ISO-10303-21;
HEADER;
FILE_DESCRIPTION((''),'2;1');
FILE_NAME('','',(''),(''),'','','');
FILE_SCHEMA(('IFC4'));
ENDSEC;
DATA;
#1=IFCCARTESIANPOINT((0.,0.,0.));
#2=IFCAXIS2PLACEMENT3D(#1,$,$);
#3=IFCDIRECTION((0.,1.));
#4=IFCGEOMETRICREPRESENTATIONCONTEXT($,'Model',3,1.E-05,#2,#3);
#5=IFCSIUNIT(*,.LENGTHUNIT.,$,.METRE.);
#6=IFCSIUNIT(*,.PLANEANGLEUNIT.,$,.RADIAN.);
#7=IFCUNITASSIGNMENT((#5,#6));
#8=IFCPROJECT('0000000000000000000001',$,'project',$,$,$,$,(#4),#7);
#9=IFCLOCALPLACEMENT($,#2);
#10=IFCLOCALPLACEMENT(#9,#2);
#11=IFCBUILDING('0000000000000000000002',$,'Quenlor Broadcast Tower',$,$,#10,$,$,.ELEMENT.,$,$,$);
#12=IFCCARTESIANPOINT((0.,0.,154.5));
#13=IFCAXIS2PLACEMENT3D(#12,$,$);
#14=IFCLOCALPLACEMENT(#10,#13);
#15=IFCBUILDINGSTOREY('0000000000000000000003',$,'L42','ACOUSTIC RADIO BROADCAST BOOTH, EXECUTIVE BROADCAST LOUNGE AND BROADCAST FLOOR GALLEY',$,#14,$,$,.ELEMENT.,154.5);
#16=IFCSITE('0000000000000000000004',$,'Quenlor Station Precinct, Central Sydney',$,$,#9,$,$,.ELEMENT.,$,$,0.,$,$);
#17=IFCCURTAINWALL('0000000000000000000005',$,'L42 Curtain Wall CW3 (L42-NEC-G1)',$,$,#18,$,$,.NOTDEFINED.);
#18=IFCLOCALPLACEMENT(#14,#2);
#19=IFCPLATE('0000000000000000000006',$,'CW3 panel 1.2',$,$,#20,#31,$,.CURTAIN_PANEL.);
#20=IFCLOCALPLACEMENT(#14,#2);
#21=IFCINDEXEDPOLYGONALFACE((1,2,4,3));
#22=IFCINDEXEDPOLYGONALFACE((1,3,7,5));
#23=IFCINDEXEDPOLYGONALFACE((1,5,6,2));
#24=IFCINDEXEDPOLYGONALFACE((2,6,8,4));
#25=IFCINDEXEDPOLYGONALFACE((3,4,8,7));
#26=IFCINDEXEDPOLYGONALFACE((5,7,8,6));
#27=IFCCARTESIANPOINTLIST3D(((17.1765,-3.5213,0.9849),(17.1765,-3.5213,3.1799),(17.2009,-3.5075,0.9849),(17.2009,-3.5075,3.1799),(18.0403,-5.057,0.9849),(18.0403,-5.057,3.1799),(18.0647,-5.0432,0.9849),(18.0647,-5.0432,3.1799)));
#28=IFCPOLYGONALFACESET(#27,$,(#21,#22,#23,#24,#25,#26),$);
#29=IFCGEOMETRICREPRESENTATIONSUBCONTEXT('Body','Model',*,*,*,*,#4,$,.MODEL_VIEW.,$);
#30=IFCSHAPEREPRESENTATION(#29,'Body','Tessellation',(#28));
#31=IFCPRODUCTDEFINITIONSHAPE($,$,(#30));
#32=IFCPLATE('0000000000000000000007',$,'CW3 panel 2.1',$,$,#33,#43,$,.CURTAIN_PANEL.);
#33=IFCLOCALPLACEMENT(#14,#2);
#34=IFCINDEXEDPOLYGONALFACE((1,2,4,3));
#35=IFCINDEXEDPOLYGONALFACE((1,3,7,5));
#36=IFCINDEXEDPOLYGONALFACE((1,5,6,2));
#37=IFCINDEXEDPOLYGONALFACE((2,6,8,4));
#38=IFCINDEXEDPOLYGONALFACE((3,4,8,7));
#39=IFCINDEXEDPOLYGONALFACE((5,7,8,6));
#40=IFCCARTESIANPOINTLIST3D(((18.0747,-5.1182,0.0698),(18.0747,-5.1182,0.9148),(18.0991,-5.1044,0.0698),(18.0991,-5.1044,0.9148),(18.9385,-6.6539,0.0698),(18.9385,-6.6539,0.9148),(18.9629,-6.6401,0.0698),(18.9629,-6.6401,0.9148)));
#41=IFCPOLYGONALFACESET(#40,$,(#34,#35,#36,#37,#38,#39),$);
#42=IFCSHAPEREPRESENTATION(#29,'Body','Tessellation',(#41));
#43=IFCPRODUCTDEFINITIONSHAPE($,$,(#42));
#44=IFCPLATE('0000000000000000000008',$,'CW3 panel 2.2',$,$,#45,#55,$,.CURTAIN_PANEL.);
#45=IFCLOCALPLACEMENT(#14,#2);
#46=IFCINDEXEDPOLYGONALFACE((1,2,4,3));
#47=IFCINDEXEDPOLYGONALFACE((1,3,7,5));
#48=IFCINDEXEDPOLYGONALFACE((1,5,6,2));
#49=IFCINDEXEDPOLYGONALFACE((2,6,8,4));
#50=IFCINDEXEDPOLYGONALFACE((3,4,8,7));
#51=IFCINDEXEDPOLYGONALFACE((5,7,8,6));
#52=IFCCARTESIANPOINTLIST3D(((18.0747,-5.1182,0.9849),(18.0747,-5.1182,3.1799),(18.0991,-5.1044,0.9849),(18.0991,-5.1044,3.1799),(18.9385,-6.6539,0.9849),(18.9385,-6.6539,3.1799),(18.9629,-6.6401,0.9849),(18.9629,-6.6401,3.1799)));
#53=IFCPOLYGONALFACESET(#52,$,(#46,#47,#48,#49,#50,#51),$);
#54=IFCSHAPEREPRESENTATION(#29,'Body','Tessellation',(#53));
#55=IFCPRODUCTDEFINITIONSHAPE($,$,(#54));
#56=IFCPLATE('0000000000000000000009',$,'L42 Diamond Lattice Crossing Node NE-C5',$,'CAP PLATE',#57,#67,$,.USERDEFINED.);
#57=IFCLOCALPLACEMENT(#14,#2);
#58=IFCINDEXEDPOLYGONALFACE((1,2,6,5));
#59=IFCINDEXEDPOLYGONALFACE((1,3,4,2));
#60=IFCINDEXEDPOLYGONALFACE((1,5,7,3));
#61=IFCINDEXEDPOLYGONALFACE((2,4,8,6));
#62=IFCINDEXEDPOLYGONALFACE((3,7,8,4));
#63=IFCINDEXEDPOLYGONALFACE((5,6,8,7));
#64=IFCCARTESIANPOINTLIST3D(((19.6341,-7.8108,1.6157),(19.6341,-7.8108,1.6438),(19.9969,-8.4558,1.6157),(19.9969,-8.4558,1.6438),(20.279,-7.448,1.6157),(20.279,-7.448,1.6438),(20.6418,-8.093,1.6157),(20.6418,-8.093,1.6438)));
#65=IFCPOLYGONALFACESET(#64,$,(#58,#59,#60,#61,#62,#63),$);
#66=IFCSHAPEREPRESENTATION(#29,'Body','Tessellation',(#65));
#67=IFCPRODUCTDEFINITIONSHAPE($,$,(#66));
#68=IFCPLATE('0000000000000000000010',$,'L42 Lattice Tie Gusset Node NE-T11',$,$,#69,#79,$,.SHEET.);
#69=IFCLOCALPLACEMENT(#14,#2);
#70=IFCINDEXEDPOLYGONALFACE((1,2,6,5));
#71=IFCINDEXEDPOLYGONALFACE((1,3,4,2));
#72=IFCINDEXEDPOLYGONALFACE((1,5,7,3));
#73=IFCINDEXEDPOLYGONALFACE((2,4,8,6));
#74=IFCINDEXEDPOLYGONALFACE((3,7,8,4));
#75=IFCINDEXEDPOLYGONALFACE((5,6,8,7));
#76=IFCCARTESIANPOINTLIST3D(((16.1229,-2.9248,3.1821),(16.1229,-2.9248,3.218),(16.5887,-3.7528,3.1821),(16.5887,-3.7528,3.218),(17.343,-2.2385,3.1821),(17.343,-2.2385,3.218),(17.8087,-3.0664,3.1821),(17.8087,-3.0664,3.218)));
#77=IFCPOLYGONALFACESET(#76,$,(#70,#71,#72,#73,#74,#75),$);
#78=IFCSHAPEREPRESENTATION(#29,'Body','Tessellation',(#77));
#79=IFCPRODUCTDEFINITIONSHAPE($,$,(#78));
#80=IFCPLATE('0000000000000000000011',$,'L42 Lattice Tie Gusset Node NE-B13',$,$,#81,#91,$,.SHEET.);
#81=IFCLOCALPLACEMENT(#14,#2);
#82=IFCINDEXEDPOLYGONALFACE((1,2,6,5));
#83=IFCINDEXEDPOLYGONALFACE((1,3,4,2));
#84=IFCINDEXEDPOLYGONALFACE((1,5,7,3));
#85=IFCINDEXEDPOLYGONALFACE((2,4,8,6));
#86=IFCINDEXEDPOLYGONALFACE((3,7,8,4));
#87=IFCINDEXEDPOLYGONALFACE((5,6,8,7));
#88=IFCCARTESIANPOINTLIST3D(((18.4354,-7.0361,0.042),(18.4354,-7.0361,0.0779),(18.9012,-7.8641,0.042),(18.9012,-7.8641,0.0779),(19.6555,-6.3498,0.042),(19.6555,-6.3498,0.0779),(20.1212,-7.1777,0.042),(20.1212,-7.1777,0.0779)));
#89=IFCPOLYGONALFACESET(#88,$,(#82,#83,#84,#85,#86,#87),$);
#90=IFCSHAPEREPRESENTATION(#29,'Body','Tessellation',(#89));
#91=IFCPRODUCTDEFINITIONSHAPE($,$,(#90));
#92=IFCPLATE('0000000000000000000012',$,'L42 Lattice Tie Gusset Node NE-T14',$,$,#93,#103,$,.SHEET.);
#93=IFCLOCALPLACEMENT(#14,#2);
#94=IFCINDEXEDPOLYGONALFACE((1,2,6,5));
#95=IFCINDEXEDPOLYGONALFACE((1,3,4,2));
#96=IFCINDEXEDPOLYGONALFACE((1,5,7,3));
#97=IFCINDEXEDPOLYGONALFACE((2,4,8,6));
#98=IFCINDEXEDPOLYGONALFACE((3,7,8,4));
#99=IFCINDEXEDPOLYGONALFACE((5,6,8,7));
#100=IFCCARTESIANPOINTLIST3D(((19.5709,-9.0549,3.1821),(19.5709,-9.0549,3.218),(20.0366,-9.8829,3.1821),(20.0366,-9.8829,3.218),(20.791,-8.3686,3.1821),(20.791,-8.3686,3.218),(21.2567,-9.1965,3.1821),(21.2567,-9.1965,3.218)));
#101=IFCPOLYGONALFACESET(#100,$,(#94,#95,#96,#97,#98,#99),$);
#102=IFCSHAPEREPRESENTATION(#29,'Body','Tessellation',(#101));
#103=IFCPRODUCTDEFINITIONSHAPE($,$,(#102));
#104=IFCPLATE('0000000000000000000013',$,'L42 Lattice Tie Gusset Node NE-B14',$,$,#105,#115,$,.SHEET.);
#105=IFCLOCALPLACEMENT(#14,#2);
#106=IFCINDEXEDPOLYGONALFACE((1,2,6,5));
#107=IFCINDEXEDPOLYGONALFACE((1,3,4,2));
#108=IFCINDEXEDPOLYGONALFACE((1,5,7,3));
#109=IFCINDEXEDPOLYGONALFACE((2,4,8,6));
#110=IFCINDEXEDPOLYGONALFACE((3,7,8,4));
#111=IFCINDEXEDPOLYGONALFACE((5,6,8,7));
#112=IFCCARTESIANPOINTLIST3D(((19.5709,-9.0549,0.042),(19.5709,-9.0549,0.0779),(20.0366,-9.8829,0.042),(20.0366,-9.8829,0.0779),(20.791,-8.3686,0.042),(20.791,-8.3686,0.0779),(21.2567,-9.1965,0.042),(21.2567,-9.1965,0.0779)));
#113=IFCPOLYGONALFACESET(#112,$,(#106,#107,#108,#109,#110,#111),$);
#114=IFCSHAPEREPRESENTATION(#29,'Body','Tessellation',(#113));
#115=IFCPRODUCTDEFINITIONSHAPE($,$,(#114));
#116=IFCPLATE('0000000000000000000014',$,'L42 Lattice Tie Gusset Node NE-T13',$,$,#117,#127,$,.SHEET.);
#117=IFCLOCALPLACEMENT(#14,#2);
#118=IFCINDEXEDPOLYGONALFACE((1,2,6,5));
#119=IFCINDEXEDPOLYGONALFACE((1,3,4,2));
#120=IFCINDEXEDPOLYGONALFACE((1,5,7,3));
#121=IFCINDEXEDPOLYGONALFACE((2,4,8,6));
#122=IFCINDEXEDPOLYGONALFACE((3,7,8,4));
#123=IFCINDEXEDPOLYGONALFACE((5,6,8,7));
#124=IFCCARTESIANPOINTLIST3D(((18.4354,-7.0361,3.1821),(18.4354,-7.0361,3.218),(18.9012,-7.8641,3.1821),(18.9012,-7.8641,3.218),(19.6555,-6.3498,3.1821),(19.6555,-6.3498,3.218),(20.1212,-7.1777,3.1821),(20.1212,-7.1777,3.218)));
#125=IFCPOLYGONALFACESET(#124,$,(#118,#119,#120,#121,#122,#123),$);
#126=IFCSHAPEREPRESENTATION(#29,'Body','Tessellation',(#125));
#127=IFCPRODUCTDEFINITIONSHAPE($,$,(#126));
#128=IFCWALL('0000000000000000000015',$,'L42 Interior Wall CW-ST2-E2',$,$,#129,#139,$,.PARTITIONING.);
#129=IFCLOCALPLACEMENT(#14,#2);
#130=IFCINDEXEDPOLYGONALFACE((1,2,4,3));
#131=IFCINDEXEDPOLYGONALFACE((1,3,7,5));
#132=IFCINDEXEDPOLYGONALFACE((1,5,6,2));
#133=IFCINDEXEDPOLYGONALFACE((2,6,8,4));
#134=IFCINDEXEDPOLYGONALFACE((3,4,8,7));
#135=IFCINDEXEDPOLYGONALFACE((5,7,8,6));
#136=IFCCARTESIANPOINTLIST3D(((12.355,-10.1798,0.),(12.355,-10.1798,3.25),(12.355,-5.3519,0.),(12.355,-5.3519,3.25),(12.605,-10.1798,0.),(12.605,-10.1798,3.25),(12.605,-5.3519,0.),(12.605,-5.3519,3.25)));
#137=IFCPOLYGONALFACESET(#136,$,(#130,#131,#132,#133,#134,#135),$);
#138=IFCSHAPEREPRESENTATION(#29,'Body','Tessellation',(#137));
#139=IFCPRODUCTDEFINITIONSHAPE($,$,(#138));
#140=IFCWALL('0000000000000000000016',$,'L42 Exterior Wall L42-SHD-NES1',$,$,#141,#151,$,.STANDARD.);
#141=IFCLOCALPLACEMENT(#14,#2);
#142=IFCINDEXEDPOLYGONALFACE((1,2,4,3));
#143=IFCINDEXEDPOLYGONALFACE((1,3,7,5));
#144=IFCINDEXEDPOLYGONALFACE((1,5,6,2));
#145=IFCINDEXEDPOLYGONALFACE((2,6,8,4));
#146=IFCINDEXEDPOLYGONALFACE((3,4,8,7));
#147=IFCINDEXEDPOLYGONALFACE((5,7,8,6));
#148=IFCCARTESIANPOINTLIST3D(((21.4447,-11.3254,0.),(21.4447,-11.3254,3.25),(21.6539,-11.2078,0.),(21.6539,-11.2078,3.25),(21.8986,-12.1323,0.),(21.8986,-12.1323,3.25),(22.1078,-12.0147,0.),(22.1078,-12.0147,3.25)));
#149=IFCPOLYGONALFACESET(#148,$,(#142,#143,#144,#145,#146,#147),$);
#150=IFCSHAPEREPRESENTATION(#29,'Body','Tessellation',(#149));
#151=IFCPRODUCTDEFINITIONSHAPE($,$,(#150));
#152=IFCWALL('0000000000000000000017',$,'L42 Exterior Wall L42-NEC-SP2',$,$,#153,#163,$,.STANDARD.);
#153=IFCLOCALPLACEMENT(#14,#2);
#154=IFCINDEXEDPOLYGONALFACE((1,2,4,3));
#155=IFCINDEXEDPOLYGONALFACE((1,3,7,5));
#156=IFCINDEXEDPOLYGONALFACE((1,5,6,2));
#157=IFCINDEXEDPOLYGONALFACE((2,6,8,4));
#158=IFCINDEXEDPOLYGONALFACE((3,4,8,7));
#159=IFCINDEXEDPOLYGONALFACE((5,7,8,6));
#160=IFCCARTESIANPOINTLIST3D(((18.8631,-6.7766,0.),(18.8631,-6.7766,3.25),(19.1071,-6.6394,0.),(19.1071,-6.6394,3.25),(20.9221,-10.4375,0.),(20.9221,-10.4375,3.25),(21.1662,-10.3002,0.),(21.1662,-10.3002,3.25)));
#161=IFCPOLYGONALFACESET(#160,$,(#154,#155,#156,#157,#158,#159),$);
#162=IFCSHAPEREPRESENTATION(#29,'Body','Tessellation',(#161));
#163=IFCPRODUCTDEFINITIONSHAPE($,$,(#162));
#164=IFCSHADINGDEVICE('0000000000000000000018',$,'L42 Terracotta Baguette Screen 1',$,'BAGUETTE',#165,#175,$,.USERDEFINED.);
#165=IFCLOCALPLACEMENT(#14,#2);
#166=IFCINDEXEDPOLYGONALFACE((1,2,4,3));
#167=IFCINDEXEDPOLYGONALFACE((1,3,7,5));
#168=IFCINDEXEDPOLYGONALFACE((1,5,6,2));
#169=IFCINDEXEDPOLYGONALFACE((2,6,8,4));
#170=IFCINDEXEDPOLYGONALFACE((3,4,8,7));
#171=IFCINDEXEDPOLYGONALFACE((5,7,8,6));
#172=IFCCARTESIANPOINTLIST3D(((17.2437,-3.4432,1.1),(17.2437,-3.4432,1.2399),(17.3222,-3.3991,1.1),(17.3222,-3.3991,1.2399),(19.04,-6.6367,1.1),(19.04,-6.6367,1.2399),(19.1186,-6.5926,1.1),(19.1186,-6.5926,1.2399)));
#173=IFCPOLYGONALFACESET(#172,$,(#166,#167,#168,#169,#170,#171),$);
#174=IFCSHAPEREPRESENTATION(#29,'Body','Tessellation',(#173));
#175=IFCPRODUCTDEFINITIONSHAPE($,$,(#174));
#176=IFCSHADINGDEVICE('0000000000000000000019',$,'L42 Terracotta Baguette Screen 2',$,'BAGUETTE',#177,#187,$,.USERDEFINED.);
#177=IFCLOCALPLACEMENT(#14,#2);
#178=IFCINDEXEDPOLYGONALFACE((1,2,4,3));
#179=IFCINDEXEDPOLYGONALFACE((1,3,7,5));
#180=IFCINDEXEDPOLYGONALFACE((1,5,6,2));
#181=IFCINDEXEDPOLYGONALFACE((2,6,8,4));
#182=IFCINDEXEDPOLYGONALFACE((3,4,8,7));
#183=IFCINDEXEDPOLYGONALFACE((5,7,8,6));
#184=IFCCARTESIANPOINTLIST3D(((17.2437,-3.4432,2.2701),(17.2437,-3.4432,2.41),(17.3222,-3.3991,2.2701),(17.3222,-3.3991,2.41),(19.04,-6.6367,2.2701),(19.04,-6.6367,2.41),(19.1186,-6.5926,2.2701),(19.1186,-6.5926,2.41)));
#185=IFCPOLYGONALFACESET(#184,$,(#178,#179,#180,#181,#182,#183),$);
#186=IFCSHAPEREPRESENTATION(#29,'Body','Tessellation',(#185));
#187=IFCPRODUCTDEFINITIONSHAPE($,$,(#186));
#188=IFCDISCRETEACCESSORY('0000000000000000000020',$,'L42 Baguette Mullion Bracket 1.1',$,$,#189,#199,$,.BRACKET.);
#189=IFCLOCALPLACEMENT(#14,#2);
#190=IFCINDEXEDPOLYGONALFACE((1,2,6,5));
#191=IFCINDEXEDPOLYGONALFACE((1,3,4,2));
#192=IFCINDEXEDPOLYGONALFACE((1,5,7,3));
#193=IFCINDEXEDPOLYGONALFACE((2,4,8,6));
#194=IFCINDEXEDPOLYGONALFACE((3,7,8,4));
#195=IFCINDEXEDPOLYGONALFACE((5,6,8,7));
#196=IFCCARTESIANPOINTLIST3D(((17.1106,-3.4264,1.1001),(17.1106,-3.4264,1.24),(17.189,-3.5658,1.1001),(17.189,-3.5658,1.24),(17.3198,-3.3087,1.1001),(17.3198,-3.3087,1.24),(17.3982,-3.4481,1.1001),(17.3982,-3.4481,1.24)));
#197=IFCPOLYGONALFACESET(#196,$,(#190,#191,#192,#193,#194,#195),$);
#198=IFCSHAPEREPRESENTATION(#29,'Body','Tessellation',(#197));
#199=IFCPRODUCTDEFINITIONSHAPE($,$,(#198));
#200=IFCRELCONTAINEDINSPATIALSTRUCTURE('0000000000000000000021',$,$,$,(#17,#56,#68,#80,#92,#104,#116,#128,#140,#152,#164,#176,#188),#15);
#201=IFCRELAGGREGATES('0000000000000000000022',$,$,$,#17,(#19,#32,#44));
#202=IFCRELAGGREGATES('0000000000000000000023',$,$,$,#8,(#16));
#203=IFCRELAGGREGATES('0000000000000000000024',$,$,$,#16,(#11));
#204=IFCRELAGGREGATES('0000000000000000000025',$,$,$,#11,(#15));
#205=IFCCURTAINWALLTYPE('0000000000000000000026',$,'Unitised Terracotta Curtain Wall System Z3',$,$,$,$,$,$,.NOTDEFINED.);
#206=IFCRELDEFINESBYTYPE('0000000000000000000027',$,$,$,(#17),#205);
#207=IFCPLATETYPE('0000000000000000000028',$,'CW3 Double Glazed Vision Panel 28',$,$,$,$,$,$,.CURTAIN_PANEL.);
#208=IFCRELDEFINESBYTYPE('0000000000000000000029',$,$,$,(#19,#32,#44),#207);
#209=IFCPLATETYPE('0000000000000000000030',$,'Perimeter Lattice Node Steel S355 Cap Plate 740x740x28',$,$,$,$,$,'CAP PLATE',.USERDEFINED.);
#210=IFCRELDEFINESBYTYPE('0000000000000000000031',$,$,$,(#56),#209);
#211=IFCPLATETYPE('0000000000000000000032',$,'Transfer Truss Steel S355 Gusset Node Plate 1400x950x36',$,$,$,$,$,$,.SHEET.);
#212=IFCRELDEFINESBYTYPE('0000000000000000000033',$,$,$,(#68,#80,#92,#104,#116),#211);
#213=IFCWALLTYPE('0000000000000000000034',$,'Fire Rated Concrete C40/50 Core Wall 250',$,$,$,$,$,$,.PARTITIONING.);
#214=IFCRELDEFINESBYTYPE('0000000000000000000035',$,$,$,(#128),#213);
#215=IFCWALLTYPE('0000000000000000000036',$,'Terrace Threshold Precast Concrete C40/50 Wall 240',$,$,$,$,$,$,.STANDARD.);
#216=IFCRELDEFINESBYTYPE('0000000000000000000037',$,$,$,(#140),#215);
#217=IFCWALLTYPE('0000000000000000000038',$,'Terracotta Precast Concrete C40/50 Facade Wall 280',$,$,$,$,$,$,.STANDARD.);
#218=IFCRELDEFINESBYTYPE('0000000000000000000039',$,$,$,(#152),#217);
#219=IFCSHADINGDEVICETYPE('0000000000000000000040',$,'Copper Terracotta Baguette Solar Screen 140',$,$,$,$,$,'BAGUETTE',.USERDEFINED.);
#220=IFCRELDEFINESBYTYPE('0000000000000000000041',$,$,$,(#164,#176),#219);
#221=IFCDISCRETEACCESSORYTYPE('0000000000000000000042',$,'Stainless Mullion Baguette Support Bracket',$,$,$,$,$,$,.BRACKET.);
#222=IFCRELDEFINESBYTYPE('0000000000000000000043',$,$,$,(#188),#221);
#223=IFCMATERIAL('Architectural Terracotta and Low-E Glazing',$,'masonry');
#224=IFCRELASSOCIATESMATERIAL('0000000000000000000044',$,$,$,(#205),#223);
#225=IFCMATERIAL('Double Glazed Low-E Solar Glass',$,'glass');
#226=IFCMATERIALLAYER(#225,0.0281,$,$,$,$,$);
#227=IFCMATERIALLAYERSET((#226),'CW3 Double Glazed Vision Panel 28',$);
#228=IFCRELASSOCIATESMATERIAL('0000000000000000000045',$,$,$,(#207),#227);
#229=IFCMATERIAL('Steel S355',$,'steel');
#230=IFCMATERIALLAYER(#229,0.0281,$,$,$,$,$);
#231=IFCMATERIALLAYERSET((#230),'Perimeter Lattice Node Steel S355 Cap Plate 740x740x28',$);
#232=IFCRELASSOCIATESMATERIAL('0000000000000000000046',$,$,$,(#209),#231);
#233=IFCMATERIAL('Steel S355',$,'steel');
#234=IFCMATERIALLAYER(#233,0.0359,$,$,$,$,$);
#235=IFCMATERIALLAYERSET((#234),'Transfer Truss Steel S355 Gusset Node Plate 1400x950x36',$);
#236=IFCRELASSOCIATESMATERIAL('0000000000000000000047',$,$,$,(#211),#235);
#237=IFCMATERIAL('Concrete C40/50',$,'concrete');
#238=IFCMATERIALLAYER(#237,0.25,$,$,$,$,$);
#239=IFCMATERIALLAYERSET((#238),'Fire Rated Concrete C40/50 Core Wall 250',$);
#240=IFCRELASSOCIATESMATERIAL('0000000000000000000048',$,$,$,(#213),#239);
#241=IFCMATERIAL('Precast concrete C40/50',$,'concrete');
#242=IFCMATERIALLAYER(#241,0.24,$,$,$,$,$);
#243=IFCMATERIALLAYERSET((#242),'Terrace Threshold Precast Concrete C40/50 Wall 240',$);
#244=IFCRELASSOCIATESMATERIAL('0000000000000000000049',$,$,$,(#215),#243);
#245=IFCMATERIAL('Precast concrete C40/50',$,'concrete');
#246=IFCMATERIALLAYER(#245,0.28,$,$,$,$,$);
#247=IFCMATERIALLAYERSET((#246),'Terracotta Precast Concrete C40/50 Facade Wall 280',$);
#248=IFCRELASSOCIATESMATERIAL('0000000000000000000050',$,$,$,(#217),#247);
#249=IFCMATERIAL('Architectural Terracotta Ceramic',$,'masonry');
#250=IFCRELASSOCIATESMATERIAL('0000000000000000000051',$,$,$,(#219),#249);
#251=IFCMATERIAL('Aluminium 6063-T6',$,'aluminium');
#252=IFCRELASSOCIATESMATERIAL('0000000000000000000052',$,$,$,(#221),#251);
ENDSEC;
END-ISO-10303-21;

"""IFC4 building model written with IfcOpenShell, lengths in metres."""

from ifc_helpers import new_model, si_unit, direction, frame, frame_2d, origin, origin_2d, place, context, subcontext, project, spatial, rectangle, extrude, material, layer, layer_set, material_profile, profile_set, type_object, element, aggregate, save


model = new_model("IFC4")

# Units and contexts
model_context = context("Model", 3, precision=1e-05, world=origin(), true_north=direction((0.0, 1.0)))
body_context = subcontext(model_context, "Body", "Model", "MODEL_VIEW")
ifc_project = project(units=[si_unit("LENGTHUNIT", "METRE"), si_unit("PLANEANGLEUNIT", "RADIAN")], contexts=[model_context])

# Site, building, storey
site_placement = place(None, origin())
site = spatial("IfcSite", under=ifc_project, at=site_placement, Name="Quenlor Station Precinct, Central Sydney", CompositionType="ELEMENT", RefElevation=0.0)
building_placement = place(site_placement, origin())
building = spatial("IfcBuilding", under=site, at=building_placement, Name="Quenlor Broadcast Tower", CompositionType="ELEMENT")
storey_placement = place(building_placement, frame((0.0, 0.0, 154.5)))
storey = spatial("IfcBuildingStorey", under=building, at=storey_placement, Name="L42", Description="ACOUSTIC RADIO BROADCAST BOOTH, EXECUTIVE BROADCAST LOUNGE AND BROADCAST FLOOR GALLEY", CompositionType="ELEMENT", Elevation=154.5)

# Curtain wall
ifc_material_1 = material(Name="Architectural Terracotta and Low-E Glazing", Category="masonry")
curtain_wall_type = type_object("IfcCurtainWallType", Name="Unitised Terracotta Curtain Wall System Z3", PredefinedType="NOTDEFINED", material=ifc_material_1)
curtain_wall_placement = place(storey_placement, origin())
curtain_wall = element("IfcCurtainWall", 1, at=curtain_wall_placement, inside=storey, type_object=curtain_wall_type, Name="L42 Curtain Wall CW3 (L42-NEC-G1)", PredefinedType="NOTDEFINED")

# Plates
ifc_material_2 = material(Name="Double Glazed Low-E Solar Glass", Category="glass")
ifc_layer_1 = layer(ifc_material_2, 0.0281)
ifc_layer_set_1 = layer_set([ifc_layer_1], Name="CW3 Double Glazed Vision Panel 28")
plate_type_1 = type_object("IfcPlateType", Name="CW3 Double Glazed Vision Panel 28", PredefinedType="CURTAIN_PANEL", material=ifc_layer_set_1)
plate_1_placement = place(storey_placement, frame((17.6206, -4.2822, 0.9849), z_axis=(0.0, 0.0, 1.0), x_axis=(0.490259, -0.871577, 0.0)))
plate_1 = element("IfcPlate", 2, at=plate_1_placement, type_object=plate_type_1, Name="CW3 panel 1.2", PredefinedType="CURTAIN_PANEL", context=body_context, shape_type="SweptSolid", body=[
    extrude(rectangle(XDim=1.762, YDim=0.0281, at=origin_2d()), origin(), (0.0, 0.0, 1.0), 2.1951),
])
plate_2_placement = place(storey_placement, frame((18.5188, -5.8792, 0.0698), z_axis=(0.0, 0.0, 1.0), x_axis=(0.490259, -0.871577, 0.0)))
plate_2 = element("IfcPlate", 3, at=plate_2_placement, type_object=plate_type_1, Name="CW3 panel 2.1", PredefinedType="CURTAIN_PANEL", context=body_context, shape_type="SweptSolid", body=[
    extrude(rectangle(XDim=1.762, YDim=0.0281, at=origin_2d()), origin(), (0.0, 0.0, 1.0), 0.845),
])
plate_3_placement = place(storey_placement, frame((18.5188, -5.8792, 0.9849), z_axis=(0.0, 0.0, 1.0), x_axis=(0.490259, -0.871577, 0.0)))
plate_3 = element("IfcPlate", 4, at=plate_3_placement, type_object=plate_type_1, Name="CW3 panel 2.2", PredefinedType="CURTAIN_PANEL", context=body_context, shape_type="SweptSolid", body=[
    extrude(rectangle(XDim=1.762, YDim=0.0281, at=origin_2d()), origin(), (0.0, 0.0, 1.0), 2.1951),
])
aggregate(curtain_wall, [plate_1, plate_2, plate_3])

# Plates
ifc_material_3 = material(Name="Steel S355", Category="steel")
ifc_layer_2 = layer(ifc_material_3, 0.0281)
ifc_layer_set_2 = layer_set([ifc_layer_2], Name="Perimeter Lattice Node Steel S355 Cap Plate 740x740x28")
plate_type_2 = type_object("IfcPlateType", Name="Perimeter Lattice Node Steel S355 Cap Plate 740x740x28", ElementType="CAP PLATE", PredefinedType="USERDEFINED", material=ifc_layer_set_2)
plate_4_placement = place(storey_placement, frame((20.1379, -7.9519, 1.6157), z_axis=(0.0, 0.0, 1.0), x_axis=(0.490295, -0.871556, 0.0)))
element("IfcPlate", 5, at=plate_4_placement, inside=storey, type_object=plate_type_2, Name="L42 Diamond Lattice Crossing Node NE-C5", ObjectType="CAP PLATE", PredefinedType="USERDEFINED", context=body_context, shape_type="SweptSolid", body=[
    extrude(rectangle(XDim=0.74, YDim=0.74, at=origin_2d()), origin(), (0.0, 0.0, 1.0), 0.0281),
])
ifc_material_4 = material(Name="Steel S355", Category="steel")
ifc_layer_3 = layer(ifc_material_4, 0.0359)
ifc_layer_set_3 = layer_set([ifc_layer_3], Name="Transfer Truss Steel S355 Gusset Node Plate 1400x950x36")
plate_type_3 = type_object("IfcPlateType", Name="Transfer Truss Steel S355 Gusset Node Plate 1400x950x36", PredefinedType="SHEET", material=ifc_layer_set_3)
for number, where, z_axis, x_axis, name in (
    (6, (16.9658, -2.9956, 3.1821), (0.0, 0.0, 1.0), (0.871556, 0.490295, 0.0), "L42 Lattice Tie Gusset Node NE-T11"),
    (7, (19.2783, -7.1069, 0.042), (0.0, 0.0, 1.0), (0.871556, 0.490295, 0.0), "L42 Lattice Tie Gusset Node NE-B13"),
    (8, (20.4138, -9.1257, 3.1821), (0.0, 0.0, 1.0), (0.871556, 0.490295, 0.0), "L42 Lattice Tie Gusset Node NE-T14"),
    (9, (20.4138, -9.1257, 0.042), (0.0, 0.0, 1.0), (0.871556, 0.490295, 0.0), "L42 Lattice Tie Gusset Node NE-B14"),
    (10, (19.2783, -7.1069, 3.1821), (0.0, 0.0, 1.0), (0.871556, 0.490295, 0.0), "L42 Lattice Tie Gusset Node NE-T13"),
):
    element("IfcPlate", number, at=place(storey_placement, frame(where, z_axis=z_axis, x_axis=x_axis)), inside=storey, type_object=plate_type_3, Name=name, PredefinedType="SHEET", context=body_context, shape_type="SweptSolid", body=[
        extrude(rectangle(XDim=1.3999, YDim=0.95, at=origin_2d()), origin(), (0.0, 0.0, 1.0), 0.0359),
    ])

# Walls
ifc_material_5 = material(Name="Concrete C40/50", Category="concrete")
ifc_layer_4 = layer(ifc_material_5, 0.25)
ifc_layer_set_4 = layer_set([ifc_layer_4], Name="Fire Rated Concrete C40/50 Core Wall 250")
wall_type_1 = type_object("IfcWallType", Name="Fire Rated Concrete C40/50 Core Wall 250", PredefinedType="PARTITIONING", material=ifc_layer_set_4)
wall_1_placement = place(storey_placement, frame((12.48, -10.1799, 0.0), z_axis=(0.0, 0.0, 1.0), x_axis=(0.0, 1.0, 0.0)))
element("IfcWall", 11, at=wall_1_placement, inside=storey, type_object=wall_type_1, Name="L42 Interior Wall CW-ST2-E2", PredefinedType="PARTITIONING", context=body_context, shape_type="SweptSolid", body=[
    extrude(rectangle(XDim=4.8279, YDim=0.25, at=frame_2d((2.4141, 0.0))), origin(), (0.0, 0.0, 1.0), 3.25),
])
ifc_material_6 = material(Name="Precast concrete C40/50", Category="concrete")
ifc_layer_5 = layer(ifc_material_6, 0.24)
ifc_layer_set_5 = layer_set([ifc_layer_5], Name="Terrace Threshold Precast Concrete C40/50 Wall 240")
wall_type_2 = type_object("IfcWallType", Name="Terrace Threshold Precast Concrete C40/50 Wall 240", PredefinedType="STANDARD", material=ifc_layer_set_5)
wall_2_placement = place(storey_placement, frame((21.5493, -11.2666, 0.0), z_axis=(0.0, 0.0, 1.0), x_axis=(0.490249, -0.871583, 0.0)))
element("IfcWall", 12, at=wall_2_placement, inside=storey, type_object=wall_type_2, Name="L42 Exterior Wall L42-SHD-NES1", PredefinedType="STANDARD", context=body_context, shape_type="SweptSolid", body=[
    extrude(rectangle(XDim=0.9258, YDim=0.24, at=frame_2d((0.4629, 0.0))), origin(), (0.0, 0.0, 1.0), 3.25),
])
ifc_material_7 = material(Name="Precast concrete C40/50", Category="concrete")
ifc_layer_6 = layer(ifc_material_7, 0.28)
ifc_layer_set_6 = layer_set([ifc_layer_6], Name="Terracotta Precast Concrete C40/50 Facade Wall 280")
wall_type_3 = type_object("IfcWallType", Name="Terracotta Precast Concrete C40/50 Facade Wall 280", PredefinedType="STANDARD", material=ifc_layer_set_6)
wall_3_placement = place(storey_placement, frame((18.9851, -6.708, 0.0), z_axis=(0.0, 0.0, 1.0), x_axis=(0.490231, -0.871593, 0.0)))
element("IfcWall", 13, at=wall_3_placement, inside=storey, type_object=wall_type_3, Name="L42 Exterior Wall L42-NEC-SP2", PredefinedType="STANDARD", context=body_context, shape_type="SweptSolid", body=[
    extrude(rectangle(XDim=4.2002, YDim=0.28, at=frame_2d((2.1001, 0.0))), origin(), (0.0, 0.0, 1.0), 3.25),
])

# Shading devices
ifc_material_8 = material(Name="Architectural Terracotta Ceramic", Category="masonry")
ifc_material_profile_1 = material_profile(ifc_material_8, rectangle(XDim=0.0901, YDim=0.1399, at=origin_2d()))
ifc_profile_set_1 = profile_set([ifc_material_profile_1], Name="Architectural Terracotta Ceramic BAG90x140")
shading_device_type = type_object("IfcShadingDeviceType", Name="Copper Terracotta Baguette Solar Screen 140", ElementType="BAGUETTE", PredefinedType="USERDEFINED", material=ifc_profile_set_1)
for number, where, z_axis, x_axis, name in (
    (14, (17.283, -3.4211, 1.1699), (0.490258, -0.871577, 0.0), (0.871577, 0.490258, 0.0), "L42 Terracotta Baguette Screen 1"),
    (15, (17.283, -3.4211, 2.3401), (0.490258, -0.871577, 0.0), (0.871577, 0.490258, 0.0), "L42 Terracotta Baguette Screen 2"),
):
    element("IfcShadingDevice", number, at=place(storey_placement, frame(where, z_axis=z_axis, x_axis=x_axis)), inside=storey, type_object=shading_device_type, Name=name, ObjectType="BAGUETTE", PredefinedType="USERDEFINED", context=body_context, shape_type="SweptSolid", body=[
        extrude(rectangle(XDim=0.0901, YDim=0.1399, at=origin_2d()), origin(), (0.0, 0.0, 1.0), 3.6641),
    ])

# Discrete accessory
ifc_material_9 = material(Name="Aluminium 6063-T6", Category="aluminium")
discrete_accessory_type = type_object("IfcDiscreteAccessoryType", Name="Stainless Mullion Baguette Support Bracket", PredefinedType="BRACKET", material=ifc_material_9)
for number, where, z_axis, x_axis, name in (
    (16, (17.2544, -3.4373, 1.1001), (0.0, 0.0, 1.0), (0.490259, -0.871577, 0.0), "L42 Baguette Mullion Bracket 1.1"),
):
    element("IfcDiscreteAccessory", number, at=place(storey_placement, frame(where, z_axis=z_axis, x_axis=x_axis)), inside=storey, type_object=discrete_accessory_type, Name=name, PredefinedType="BRACKET", context=body_context, shape_type="SweptSolid", body=[
        extrude(rectangle(XDim=0.1599, YDim=0.24, at=origin_2d()), origin(), (0.0, 0.0, 1.0), 0.1399),
    ])

save(model, "model.ifc")
